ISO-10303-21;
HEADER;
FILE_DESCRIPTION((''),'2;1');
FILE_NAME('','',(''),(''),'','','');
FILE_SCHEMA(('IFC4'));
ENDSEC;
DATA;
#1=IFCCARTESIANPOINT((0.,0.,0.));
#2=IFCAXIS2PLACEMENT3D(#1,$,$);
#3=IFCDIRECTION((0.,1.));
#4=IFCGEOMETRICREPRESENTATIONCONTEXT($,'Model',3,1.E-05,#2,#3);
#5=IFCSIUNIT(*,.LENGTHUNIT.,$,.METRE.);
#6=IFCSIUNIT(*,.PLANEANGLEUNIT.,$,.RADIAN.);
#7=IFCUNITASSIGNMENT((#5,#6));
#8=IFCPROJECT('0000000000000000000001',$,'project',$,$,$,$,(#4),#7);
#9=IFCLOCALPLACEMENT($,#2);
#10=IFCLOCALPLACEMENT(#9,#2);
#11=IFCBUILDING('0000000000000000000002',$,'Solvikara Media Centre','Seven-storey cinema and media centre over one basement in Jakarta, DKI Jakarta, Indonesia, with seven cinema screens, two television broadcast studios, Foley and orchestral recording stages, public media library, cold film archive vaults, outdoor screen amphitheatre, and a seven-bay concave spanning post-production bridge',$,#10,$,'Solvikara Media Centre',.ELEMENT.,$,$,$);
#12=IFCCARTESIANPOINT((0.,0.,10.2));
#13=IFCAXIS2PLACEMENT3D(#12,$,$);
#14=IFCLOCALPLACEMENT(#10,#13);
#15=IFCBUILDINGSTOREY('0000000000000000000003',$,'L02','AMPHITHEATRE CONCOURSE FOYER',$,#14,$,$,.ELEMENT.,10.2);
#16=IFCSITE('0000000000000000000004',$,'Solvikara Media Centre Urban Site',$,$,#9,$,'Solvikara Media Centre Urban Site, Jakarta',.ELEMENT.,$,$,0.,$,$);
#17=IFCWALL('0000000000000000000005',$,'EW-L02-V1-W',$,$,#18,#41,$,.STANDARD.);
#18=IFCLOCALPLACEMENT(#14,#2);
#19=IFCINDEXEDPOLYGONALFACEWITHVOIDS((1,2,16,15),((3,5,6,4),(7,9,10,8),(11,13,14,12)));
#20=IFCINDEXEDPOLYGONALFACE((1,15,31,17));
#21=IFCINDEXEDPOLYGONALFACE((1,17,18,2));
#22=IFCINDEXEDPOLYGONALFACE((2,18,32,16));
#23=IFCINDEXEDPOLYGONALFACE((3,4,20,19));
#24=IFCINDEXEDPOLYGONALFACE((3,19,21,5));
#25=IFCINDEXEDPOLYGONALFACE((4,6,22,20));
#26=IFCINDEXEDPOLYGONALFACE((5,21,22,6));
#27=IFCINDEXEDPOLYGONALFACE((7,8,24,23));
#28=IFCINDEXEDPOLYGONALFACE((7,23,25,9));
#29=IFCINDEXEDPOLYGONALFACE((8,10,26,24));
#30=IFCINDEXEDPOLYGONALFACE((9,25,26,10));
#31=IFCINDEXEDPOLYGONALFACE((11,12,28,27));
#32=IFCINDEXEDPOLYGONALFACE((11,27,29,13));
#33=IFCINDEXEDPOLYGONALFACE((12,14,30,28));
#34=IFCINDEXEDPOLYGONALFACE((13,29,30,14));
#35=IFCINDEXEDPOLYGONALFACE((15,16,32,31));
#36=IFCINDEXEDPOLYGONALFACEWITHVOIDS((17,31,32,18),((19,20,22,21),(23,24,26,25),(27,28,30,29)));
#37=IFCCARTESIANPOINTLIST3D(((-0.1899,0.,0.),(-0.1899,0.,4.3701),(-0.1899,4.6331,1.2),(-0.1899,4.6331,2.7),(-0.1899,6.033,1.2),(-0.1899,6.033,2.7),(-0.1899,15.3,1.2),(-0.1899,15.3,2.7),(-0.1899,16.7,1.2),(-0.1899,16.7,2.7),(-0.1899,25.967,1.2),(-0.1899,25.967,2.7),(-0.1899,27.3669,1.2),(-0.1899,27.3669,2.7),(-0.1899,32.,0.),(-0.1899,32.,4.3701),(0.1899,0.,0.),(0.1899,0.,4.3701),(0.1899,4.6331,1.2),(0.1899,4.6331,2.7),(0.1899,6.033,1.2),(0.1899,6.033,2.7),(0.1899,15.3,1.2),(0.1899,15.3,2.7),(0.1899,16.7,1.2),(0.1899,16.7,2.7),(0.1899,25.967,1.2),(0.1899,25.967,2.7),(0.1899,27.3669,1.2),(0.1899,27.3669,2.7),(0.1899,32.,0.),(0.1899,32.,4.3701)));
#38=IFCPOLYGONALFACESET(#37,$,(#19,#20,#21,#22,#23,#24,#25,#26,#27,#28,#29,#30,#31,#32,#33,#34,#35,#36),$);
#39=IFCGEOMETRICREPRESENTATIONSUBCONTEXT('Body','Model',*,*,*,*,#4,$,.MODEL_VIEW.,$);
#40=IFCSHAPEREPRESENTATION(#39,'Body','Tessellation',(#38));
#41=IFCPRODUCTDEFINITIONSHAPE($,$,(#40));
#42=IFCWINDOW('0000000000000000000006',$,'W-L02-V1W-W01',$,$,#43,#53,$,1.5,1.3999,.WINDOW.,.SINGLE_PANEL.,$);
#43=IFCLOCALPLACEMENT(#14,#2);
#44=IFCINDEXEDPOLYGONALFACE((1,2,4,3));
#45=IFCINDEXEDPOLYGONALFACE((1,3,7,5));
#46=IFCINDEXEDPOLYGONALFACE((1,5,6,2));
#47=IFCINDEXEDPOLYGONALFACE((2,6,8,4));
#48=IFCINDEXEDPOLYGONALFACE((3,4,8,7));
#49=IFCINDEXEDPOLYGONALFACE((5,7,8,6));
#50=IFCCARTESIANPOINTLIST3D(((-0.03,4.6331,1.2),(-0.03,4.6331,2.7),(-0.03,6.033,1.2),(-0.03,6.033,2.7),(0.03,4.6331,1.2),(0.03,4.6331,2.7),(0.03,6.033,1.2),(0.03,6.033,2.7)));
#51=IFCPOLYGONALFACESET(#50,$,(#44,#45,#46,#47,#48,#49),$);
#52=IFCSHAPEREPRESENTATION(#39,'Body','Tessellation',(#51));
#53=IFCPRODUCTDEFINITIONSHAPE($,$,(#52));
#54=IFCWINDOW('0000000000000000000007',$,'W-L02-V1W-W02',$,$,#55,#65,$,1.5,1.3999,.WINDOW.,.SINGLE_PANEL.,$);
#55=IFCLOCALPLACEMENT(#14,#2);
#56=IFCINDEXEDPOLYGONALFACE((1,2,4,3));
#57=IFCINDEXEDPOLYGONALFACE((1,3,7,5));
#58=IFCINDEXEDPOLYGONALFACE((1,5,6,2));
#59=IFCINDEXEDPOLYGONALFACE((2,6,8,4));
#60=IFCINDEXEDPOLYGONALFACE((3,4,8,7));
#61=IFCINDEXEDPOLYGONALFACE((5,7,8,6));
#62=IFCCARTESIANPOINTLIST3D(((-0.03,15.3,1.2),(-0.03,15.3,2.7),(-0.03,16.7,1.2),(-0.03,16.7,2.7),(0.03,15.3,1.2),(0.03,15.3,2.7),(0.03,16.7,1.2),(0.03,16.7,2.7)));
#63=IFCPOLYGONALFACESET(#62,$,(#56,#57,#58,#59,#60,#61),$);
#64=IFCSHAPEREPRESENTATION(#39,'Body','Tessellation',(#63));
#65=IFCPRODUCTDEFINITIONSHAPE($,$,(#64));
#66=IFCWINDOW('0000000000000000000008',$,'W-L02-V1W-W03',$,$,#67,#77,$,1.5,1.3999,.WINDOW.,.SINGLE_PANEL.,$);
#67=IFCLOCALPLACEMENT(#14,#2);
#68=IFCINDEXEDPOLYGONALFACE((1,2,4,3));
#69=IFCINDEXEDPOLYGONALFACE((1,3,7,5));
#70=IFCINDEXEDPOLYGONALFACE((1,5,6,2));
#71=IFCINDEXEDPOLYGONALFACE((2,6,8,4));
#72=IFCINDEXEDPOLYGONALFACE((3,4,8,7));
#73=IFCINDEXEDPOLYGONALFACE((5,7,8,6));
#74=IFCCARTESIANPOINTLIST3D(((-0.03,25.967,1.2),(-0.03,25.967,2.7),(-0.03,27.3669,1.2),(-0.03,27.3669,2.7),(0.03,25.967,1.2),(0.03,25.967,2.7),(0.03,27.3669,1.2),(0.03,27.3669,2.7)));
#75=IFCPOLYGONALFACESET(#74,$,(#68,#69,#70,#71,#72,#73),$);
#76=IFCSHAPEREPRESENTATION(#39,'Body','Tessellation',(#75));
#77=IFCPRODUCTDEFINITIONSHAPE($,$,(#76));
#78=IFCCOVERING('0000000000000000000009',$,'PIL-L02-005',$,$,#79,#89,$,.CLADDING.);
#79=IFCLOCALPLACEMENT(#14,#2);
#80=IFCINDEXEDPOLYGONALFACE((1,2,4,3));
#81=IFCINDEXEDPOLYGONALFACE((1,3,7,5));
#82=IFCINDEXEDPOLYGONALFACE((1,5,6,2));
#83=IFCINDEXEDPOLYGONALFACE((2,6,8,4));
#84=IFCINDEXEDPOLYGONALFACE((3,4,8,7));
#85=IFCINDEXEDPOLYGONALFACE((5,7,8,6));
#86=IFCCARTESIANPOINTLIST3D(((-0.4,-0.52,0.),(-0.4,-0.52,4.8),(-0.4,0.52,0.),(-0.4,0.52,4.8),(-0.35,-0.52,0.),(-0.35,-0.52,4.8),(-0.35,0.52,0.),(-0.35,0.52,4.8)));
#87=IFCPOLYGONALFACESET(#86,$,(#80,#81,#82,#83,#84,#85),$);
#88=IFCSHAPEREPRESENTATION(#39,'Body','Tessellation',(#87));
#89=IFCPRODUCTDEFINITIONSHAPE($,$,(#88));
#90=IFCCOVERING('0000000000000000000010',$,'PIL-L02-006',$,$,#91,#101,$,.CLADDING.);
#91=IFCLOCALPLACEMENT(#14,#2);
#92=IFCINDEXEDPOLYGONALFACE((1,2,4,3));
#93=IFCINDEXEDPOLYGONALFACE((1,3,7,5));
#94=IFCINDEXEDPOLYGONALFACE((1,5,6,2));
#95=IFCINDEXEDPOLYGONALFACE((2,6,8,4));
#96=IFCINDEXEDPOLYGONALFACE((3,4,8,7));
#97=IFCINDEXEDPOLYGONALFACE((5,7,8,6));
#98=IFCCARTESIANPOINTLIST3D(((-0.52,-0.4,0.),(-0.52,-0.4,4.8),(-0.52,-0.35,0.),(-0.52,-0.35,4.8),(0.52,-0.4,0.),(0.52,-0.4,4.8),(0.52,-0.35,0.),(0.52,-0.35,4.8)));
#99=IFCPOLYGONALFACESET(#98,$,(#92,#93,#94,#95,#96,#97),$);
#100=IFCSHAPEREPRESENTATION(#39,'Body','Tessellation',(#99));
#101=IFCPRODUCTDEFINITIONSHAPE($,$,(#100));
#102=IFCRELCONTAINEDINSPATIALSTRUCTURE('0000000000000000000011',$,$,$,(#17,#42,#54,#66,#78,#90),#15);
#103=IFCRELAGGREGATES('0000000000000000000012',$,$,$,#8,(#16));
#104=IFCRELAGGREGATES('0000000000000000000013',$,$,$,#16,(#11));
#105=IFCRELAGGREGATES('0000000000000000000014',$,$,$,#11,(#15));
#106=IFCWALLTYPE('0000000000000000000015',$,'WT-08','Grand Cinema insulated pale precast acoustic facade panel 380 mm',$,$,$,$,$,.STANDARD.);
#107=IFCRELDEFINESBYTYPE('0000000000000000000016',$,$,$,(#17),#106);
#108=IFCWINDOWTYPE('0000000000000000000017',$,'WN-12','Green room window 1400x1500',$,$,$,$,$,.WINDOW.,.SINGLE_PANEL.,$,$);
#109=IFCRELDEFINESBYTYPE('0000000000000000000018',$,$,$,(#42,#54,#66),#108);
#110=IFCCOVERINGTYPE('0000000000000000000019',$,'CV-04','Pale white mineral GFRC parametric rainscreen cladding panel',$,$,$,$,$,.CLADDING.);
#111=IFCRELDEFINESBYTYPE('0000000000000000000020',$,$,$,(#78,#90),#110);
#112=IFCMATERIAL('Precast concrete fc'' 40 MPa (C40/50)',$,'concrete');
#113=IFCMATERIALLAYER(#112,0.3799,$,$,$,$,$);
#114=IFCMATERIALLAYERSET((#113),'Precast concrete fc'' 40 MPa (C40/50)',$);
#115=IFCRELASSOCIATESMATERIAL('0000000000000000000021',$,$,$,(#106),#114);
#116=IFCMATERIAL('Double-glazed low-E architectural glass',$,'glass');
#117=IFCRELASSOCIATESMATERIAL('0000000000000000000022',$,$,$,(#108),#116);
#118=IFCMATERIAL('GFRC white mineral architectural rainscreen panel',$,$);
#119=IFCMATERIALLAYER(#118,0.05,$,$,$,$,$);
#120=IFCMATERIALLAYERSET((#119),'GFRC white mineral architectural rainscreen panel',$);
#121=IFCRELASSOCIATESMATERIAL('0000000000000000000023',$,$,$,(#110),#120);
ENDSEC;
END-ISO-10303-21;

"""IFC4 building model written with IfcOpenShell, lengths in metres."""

from ifc_helpers import new_model, si_unit, direction, frame, frame_2d, origin, origin_2d, place, context, subcontext, project, spatial, rectangle, extrude, material, layer, layer_set, type_object, element, fill, save


model = new_model("IFC4")

# Units and contexts
model_context = context("Model", 3, precision=1e-05, world=origin(), true_north=direction((0.0, 1.0)))
body_context = subcontext(model_context, "Body", "Model", "MODEL_VIEW")
ifc_project = project(units=[si_unit("LENGTHUNIT", "METRE"), si_unit("PLANEANGLEUNIT", "RADIAN")], contexts=[model_context])

# Site, building, storey
site_placement = place(None, origin())
site = spatial("IfcSite", under=ifc_project, at=site_placement, Name="Solvikara Media Centre Urban Site", LongName="Solvikara Media Centre Urban Site, Jakarta", CompositionType="ELEMENT", RefElevation=0.0)
building_placement = place(site_placement, origin())
building = spatial("IfcBuilding", under=site, at=building_placement, Name="Solvikara Media Centre", Description="Seven-storey cinema and media centre over one basement in Jakarta, DKI Jakarta, Indonesia, with seven cinema screens, two television broadcast studios, Foley and orchestral recording stages, public media library, cold film archive vaults, outdoor screen amphitheatre, and a seven-bay concave spanning post-production bridge", LongName="Solvikara Media Centre", CompositionType="ELEMENT")
storey_placement = place(building_placement, frame((0.0, 0.0, 10.2)))
storey = spatial("IfcBuildingStorey", under=building, at=storey_placement, Name="L02", Description="AMPHITHEATRE CONCOURSE FOYER", CompositionType="ELEMENT", Elevation=10.2)

# Wall, openings, windows
ifc_material_1 = material(Name="Precast concrete fc' 40 MPa (C40/50)", Category="concrete")
ifc_layer_1 = layer(ifc_material_1, 0.3799)
ifc_layer_set_1 = layer_set([ifc_layer_1], Name="Precast concrete fc' 40 MPa (C40/50)")
wall_type = type_object("IfcWallType", Name="WT-08", Description="Grand Cinema insulated pale precast acoustic facade panel 380 mm", PredefinedType="STANDARD", material=ifc_layer_set_1)
ifc_material_2 = material(Name="Double-glazed low-E architectural glass", Category="glass")
wall_1_placement = place(storey_placement, frame((0.0, 0.0, 0.0), z_axis=(0.0, 0.0, 1.0), x_axis=(0.0, 1.0, 0.0)))
wall_1 = element("IfcWall", 1, at=wall_1_placement, inside=storey, type_object=wall_type, Name="EW-L02-V1-W", PredefinedType="STANDARD", context=body_context, shape_type="SweptSolid", body=[
    extrude(rectangle(XDim=32.0, YDim=0.3799, at=frame_2d((16.0, 0.0))), origin(), (0.0, 0.0, 1.0), 4.3701),
])
opening_1_placement = place(wall_1_placement, frame((4.6331, 0.0, 1.2)))
opening_1 = element("IfcOpeningElement", 2, at=opening_1_placement, cuts=wall_1, PredefinedType="OPENING", context=body_context, shape_type="SweptSolid", body=[
    extrude(rectangle(XDim=1.3999, YDim=1.5, at=frame_2d((0.7, 0.75))), frame((0.0, 0.2019, 0.0), z_axis=(0.0, -1.0, 0.0), x_axis=(1.0, 0.0, 0.0)), (0.0, 0.0, 1.0), 0.4038),
])
opening_2_placement = place(wall_1_placement, frame((15.3, 0.0, 1.2)))
opening_2 = element("IfcOpeningElement", 3, at=opening_2_placement, cuts=wall_1, PredefinedType="OPENING", context=body_context, shape_type="SweptSolid", body=[
    extrude(rectangle(XDim=1.3999, YDim=1.5, at=frame_2d((0.7, 0.75))), frame((0.0, 0.2019, 0.0), z_axis=(0.0, -1.0, 0.0), x_axis=(1.0, 0.0, 0.0)), (0.0, 0.0, 1.0), 0.4038),
])
opening_3_placement = place(wall_1_placement, frame((25.967, 0.0, 1.2)))
opening_3 = element("IfcOpeningElement", 4, at=opening_3_placement, cuts=wall_1, PredefinedType="OPENING", context=body_context, shape_type="SweptSolid", body=[
    extrude(rectangle(XDim=1.3999, YDim=1.5, at=frame_2d((0.7, 0.75))), frame((0.0, 0.2019, 0.0), z_axis=(0.0, -1.0, 0.0), x_axis=(1.0, 0.0, 0.0)), (0.0, 0.0, 1.0), 0.4038),
])
window_type_1 = type_object("IfcWindowType", Name="WN-12", Description="Green room window 1400x1500", PartitioningType="SINGLE_PANEL", PredefinedType="WINDOW", material=ifc_material_2)
window_1_placement = place(opening_1_placement, origin())
window_1 = element("IfcWindow", 5, at=window_1_placement, inside=storey, type_object=window_type_1, Name="W-L02-V1W-W01", OverallHeight=1.5, OverallWidth=1.3999, PartitioningType="SINGLE_PANEL", PredefinedType="WINDOW", context=body_context, shape_type="SweptSolid", body=[
    extrude(rectangle(XDim=1.3999, YDim=1.5, at=frame_2d((0.7, 0.75))), frame((0.0, 0.03, 0.0), z_axis=(0.0, -1.0, 0.0), x_axis=(1.0, 0.0, 0.0)), (0.0, 0.0, 1.0), 0.0601),
])
fill(opening_1, window_1)
window_2_placement = place(opening_2_placement, origin())
window_2 = element("IfcWindow", 6, at=window_2_placement, inside=storey, type_object=window_type_1, Name="W-L02-V1W-W02", OverallHeight=1.5, OverallWidth=1.3999, PartitioningType="SINGLE_PANEL", PredefinedType="WINDOW", context=body_context, shape_type="SweptSolid", body=[
    extrude(rectangle(XDim=1.3999, YDim=1.5, at=frame_2d((0.7, 0.75))), frame((0.0, 0.03, 0.0), z_axis=(0.0, -1.0, 0.0), x_axis=(1.0, 0.0, 0.0)), (0.0, 0.0, 1.0), 0.0601),
])
fill(opening_2, window_2)
window_3_placement = place(opening_3_placement, origin())
window_3 = element("IfcWindow", 7, at=window_3_placement, inside=storey, type_object=window_type_1, Name="W-L02-V1W-W03", OverallHeight=1.5, OverallWidth=1.3999, PartitioningType="SINGLE_PANEL", PredefinedType="WINDOW", context=body_context, shape_type="SweptSolid", body=[
    extrude(rectangle(XDim=1.3999, YDim=1.5, at=frame_2d((0.7, 0.75))), frame((0.0, 0.03, 0.0), z_axis=(0.0, -1.0, 0.0), x_axis=(1.0, 0.0, 0.0)), (0.0, 0.0, 1.0), 0.0601),
])
fill(opening_3, window_3)

# Coverings
ifc_material_3 = material(Name="GFRC white mineral architectural rainscreen panel")
ifc_layer_2 = layer(ifc_material_3, 0.05)
ifc_layer_set_2 = layer_set([ifc_layer_2], Name="GFRC white mineral architectural rainscreen panel")
covering_type = type_object("IfcCoveringType", Name="CV-04", Description="Pale white mineral GFRC parametric rainscreen cladding panel", PredefinedType="CLADDING", material=ifc_layer_set_2)
for number, where, z_axis, x_axis, name in (
    (8, (-0.375, 0.0, 0.0), (0.0, 0.0, 1.0), (0.0, -1.0, 0.0), "PIL-L02-005"),
    (9, (0.0, -0.375, 0.0), (0.0, 0.0, 1.0), (1.0, 0.0, 0.0), "PIL-L02-006"),
):
    element("IfcCovering", number, at=place(storey_placement, frame(where, z_axis=z_axis, x_axis=x_axis)), inside=storey, type_object=covering_type, Name=name, PredefinedType="CLADDING", context=body_context, shape_type="SweptSolid", body=[
        extrude(rectangle(XDim=1.04, YDim=0.05, at=origin_2d()), origin(), (0.0, 0.0, 1.0), 4.8),
    ])

save(model, "model.ifc")
